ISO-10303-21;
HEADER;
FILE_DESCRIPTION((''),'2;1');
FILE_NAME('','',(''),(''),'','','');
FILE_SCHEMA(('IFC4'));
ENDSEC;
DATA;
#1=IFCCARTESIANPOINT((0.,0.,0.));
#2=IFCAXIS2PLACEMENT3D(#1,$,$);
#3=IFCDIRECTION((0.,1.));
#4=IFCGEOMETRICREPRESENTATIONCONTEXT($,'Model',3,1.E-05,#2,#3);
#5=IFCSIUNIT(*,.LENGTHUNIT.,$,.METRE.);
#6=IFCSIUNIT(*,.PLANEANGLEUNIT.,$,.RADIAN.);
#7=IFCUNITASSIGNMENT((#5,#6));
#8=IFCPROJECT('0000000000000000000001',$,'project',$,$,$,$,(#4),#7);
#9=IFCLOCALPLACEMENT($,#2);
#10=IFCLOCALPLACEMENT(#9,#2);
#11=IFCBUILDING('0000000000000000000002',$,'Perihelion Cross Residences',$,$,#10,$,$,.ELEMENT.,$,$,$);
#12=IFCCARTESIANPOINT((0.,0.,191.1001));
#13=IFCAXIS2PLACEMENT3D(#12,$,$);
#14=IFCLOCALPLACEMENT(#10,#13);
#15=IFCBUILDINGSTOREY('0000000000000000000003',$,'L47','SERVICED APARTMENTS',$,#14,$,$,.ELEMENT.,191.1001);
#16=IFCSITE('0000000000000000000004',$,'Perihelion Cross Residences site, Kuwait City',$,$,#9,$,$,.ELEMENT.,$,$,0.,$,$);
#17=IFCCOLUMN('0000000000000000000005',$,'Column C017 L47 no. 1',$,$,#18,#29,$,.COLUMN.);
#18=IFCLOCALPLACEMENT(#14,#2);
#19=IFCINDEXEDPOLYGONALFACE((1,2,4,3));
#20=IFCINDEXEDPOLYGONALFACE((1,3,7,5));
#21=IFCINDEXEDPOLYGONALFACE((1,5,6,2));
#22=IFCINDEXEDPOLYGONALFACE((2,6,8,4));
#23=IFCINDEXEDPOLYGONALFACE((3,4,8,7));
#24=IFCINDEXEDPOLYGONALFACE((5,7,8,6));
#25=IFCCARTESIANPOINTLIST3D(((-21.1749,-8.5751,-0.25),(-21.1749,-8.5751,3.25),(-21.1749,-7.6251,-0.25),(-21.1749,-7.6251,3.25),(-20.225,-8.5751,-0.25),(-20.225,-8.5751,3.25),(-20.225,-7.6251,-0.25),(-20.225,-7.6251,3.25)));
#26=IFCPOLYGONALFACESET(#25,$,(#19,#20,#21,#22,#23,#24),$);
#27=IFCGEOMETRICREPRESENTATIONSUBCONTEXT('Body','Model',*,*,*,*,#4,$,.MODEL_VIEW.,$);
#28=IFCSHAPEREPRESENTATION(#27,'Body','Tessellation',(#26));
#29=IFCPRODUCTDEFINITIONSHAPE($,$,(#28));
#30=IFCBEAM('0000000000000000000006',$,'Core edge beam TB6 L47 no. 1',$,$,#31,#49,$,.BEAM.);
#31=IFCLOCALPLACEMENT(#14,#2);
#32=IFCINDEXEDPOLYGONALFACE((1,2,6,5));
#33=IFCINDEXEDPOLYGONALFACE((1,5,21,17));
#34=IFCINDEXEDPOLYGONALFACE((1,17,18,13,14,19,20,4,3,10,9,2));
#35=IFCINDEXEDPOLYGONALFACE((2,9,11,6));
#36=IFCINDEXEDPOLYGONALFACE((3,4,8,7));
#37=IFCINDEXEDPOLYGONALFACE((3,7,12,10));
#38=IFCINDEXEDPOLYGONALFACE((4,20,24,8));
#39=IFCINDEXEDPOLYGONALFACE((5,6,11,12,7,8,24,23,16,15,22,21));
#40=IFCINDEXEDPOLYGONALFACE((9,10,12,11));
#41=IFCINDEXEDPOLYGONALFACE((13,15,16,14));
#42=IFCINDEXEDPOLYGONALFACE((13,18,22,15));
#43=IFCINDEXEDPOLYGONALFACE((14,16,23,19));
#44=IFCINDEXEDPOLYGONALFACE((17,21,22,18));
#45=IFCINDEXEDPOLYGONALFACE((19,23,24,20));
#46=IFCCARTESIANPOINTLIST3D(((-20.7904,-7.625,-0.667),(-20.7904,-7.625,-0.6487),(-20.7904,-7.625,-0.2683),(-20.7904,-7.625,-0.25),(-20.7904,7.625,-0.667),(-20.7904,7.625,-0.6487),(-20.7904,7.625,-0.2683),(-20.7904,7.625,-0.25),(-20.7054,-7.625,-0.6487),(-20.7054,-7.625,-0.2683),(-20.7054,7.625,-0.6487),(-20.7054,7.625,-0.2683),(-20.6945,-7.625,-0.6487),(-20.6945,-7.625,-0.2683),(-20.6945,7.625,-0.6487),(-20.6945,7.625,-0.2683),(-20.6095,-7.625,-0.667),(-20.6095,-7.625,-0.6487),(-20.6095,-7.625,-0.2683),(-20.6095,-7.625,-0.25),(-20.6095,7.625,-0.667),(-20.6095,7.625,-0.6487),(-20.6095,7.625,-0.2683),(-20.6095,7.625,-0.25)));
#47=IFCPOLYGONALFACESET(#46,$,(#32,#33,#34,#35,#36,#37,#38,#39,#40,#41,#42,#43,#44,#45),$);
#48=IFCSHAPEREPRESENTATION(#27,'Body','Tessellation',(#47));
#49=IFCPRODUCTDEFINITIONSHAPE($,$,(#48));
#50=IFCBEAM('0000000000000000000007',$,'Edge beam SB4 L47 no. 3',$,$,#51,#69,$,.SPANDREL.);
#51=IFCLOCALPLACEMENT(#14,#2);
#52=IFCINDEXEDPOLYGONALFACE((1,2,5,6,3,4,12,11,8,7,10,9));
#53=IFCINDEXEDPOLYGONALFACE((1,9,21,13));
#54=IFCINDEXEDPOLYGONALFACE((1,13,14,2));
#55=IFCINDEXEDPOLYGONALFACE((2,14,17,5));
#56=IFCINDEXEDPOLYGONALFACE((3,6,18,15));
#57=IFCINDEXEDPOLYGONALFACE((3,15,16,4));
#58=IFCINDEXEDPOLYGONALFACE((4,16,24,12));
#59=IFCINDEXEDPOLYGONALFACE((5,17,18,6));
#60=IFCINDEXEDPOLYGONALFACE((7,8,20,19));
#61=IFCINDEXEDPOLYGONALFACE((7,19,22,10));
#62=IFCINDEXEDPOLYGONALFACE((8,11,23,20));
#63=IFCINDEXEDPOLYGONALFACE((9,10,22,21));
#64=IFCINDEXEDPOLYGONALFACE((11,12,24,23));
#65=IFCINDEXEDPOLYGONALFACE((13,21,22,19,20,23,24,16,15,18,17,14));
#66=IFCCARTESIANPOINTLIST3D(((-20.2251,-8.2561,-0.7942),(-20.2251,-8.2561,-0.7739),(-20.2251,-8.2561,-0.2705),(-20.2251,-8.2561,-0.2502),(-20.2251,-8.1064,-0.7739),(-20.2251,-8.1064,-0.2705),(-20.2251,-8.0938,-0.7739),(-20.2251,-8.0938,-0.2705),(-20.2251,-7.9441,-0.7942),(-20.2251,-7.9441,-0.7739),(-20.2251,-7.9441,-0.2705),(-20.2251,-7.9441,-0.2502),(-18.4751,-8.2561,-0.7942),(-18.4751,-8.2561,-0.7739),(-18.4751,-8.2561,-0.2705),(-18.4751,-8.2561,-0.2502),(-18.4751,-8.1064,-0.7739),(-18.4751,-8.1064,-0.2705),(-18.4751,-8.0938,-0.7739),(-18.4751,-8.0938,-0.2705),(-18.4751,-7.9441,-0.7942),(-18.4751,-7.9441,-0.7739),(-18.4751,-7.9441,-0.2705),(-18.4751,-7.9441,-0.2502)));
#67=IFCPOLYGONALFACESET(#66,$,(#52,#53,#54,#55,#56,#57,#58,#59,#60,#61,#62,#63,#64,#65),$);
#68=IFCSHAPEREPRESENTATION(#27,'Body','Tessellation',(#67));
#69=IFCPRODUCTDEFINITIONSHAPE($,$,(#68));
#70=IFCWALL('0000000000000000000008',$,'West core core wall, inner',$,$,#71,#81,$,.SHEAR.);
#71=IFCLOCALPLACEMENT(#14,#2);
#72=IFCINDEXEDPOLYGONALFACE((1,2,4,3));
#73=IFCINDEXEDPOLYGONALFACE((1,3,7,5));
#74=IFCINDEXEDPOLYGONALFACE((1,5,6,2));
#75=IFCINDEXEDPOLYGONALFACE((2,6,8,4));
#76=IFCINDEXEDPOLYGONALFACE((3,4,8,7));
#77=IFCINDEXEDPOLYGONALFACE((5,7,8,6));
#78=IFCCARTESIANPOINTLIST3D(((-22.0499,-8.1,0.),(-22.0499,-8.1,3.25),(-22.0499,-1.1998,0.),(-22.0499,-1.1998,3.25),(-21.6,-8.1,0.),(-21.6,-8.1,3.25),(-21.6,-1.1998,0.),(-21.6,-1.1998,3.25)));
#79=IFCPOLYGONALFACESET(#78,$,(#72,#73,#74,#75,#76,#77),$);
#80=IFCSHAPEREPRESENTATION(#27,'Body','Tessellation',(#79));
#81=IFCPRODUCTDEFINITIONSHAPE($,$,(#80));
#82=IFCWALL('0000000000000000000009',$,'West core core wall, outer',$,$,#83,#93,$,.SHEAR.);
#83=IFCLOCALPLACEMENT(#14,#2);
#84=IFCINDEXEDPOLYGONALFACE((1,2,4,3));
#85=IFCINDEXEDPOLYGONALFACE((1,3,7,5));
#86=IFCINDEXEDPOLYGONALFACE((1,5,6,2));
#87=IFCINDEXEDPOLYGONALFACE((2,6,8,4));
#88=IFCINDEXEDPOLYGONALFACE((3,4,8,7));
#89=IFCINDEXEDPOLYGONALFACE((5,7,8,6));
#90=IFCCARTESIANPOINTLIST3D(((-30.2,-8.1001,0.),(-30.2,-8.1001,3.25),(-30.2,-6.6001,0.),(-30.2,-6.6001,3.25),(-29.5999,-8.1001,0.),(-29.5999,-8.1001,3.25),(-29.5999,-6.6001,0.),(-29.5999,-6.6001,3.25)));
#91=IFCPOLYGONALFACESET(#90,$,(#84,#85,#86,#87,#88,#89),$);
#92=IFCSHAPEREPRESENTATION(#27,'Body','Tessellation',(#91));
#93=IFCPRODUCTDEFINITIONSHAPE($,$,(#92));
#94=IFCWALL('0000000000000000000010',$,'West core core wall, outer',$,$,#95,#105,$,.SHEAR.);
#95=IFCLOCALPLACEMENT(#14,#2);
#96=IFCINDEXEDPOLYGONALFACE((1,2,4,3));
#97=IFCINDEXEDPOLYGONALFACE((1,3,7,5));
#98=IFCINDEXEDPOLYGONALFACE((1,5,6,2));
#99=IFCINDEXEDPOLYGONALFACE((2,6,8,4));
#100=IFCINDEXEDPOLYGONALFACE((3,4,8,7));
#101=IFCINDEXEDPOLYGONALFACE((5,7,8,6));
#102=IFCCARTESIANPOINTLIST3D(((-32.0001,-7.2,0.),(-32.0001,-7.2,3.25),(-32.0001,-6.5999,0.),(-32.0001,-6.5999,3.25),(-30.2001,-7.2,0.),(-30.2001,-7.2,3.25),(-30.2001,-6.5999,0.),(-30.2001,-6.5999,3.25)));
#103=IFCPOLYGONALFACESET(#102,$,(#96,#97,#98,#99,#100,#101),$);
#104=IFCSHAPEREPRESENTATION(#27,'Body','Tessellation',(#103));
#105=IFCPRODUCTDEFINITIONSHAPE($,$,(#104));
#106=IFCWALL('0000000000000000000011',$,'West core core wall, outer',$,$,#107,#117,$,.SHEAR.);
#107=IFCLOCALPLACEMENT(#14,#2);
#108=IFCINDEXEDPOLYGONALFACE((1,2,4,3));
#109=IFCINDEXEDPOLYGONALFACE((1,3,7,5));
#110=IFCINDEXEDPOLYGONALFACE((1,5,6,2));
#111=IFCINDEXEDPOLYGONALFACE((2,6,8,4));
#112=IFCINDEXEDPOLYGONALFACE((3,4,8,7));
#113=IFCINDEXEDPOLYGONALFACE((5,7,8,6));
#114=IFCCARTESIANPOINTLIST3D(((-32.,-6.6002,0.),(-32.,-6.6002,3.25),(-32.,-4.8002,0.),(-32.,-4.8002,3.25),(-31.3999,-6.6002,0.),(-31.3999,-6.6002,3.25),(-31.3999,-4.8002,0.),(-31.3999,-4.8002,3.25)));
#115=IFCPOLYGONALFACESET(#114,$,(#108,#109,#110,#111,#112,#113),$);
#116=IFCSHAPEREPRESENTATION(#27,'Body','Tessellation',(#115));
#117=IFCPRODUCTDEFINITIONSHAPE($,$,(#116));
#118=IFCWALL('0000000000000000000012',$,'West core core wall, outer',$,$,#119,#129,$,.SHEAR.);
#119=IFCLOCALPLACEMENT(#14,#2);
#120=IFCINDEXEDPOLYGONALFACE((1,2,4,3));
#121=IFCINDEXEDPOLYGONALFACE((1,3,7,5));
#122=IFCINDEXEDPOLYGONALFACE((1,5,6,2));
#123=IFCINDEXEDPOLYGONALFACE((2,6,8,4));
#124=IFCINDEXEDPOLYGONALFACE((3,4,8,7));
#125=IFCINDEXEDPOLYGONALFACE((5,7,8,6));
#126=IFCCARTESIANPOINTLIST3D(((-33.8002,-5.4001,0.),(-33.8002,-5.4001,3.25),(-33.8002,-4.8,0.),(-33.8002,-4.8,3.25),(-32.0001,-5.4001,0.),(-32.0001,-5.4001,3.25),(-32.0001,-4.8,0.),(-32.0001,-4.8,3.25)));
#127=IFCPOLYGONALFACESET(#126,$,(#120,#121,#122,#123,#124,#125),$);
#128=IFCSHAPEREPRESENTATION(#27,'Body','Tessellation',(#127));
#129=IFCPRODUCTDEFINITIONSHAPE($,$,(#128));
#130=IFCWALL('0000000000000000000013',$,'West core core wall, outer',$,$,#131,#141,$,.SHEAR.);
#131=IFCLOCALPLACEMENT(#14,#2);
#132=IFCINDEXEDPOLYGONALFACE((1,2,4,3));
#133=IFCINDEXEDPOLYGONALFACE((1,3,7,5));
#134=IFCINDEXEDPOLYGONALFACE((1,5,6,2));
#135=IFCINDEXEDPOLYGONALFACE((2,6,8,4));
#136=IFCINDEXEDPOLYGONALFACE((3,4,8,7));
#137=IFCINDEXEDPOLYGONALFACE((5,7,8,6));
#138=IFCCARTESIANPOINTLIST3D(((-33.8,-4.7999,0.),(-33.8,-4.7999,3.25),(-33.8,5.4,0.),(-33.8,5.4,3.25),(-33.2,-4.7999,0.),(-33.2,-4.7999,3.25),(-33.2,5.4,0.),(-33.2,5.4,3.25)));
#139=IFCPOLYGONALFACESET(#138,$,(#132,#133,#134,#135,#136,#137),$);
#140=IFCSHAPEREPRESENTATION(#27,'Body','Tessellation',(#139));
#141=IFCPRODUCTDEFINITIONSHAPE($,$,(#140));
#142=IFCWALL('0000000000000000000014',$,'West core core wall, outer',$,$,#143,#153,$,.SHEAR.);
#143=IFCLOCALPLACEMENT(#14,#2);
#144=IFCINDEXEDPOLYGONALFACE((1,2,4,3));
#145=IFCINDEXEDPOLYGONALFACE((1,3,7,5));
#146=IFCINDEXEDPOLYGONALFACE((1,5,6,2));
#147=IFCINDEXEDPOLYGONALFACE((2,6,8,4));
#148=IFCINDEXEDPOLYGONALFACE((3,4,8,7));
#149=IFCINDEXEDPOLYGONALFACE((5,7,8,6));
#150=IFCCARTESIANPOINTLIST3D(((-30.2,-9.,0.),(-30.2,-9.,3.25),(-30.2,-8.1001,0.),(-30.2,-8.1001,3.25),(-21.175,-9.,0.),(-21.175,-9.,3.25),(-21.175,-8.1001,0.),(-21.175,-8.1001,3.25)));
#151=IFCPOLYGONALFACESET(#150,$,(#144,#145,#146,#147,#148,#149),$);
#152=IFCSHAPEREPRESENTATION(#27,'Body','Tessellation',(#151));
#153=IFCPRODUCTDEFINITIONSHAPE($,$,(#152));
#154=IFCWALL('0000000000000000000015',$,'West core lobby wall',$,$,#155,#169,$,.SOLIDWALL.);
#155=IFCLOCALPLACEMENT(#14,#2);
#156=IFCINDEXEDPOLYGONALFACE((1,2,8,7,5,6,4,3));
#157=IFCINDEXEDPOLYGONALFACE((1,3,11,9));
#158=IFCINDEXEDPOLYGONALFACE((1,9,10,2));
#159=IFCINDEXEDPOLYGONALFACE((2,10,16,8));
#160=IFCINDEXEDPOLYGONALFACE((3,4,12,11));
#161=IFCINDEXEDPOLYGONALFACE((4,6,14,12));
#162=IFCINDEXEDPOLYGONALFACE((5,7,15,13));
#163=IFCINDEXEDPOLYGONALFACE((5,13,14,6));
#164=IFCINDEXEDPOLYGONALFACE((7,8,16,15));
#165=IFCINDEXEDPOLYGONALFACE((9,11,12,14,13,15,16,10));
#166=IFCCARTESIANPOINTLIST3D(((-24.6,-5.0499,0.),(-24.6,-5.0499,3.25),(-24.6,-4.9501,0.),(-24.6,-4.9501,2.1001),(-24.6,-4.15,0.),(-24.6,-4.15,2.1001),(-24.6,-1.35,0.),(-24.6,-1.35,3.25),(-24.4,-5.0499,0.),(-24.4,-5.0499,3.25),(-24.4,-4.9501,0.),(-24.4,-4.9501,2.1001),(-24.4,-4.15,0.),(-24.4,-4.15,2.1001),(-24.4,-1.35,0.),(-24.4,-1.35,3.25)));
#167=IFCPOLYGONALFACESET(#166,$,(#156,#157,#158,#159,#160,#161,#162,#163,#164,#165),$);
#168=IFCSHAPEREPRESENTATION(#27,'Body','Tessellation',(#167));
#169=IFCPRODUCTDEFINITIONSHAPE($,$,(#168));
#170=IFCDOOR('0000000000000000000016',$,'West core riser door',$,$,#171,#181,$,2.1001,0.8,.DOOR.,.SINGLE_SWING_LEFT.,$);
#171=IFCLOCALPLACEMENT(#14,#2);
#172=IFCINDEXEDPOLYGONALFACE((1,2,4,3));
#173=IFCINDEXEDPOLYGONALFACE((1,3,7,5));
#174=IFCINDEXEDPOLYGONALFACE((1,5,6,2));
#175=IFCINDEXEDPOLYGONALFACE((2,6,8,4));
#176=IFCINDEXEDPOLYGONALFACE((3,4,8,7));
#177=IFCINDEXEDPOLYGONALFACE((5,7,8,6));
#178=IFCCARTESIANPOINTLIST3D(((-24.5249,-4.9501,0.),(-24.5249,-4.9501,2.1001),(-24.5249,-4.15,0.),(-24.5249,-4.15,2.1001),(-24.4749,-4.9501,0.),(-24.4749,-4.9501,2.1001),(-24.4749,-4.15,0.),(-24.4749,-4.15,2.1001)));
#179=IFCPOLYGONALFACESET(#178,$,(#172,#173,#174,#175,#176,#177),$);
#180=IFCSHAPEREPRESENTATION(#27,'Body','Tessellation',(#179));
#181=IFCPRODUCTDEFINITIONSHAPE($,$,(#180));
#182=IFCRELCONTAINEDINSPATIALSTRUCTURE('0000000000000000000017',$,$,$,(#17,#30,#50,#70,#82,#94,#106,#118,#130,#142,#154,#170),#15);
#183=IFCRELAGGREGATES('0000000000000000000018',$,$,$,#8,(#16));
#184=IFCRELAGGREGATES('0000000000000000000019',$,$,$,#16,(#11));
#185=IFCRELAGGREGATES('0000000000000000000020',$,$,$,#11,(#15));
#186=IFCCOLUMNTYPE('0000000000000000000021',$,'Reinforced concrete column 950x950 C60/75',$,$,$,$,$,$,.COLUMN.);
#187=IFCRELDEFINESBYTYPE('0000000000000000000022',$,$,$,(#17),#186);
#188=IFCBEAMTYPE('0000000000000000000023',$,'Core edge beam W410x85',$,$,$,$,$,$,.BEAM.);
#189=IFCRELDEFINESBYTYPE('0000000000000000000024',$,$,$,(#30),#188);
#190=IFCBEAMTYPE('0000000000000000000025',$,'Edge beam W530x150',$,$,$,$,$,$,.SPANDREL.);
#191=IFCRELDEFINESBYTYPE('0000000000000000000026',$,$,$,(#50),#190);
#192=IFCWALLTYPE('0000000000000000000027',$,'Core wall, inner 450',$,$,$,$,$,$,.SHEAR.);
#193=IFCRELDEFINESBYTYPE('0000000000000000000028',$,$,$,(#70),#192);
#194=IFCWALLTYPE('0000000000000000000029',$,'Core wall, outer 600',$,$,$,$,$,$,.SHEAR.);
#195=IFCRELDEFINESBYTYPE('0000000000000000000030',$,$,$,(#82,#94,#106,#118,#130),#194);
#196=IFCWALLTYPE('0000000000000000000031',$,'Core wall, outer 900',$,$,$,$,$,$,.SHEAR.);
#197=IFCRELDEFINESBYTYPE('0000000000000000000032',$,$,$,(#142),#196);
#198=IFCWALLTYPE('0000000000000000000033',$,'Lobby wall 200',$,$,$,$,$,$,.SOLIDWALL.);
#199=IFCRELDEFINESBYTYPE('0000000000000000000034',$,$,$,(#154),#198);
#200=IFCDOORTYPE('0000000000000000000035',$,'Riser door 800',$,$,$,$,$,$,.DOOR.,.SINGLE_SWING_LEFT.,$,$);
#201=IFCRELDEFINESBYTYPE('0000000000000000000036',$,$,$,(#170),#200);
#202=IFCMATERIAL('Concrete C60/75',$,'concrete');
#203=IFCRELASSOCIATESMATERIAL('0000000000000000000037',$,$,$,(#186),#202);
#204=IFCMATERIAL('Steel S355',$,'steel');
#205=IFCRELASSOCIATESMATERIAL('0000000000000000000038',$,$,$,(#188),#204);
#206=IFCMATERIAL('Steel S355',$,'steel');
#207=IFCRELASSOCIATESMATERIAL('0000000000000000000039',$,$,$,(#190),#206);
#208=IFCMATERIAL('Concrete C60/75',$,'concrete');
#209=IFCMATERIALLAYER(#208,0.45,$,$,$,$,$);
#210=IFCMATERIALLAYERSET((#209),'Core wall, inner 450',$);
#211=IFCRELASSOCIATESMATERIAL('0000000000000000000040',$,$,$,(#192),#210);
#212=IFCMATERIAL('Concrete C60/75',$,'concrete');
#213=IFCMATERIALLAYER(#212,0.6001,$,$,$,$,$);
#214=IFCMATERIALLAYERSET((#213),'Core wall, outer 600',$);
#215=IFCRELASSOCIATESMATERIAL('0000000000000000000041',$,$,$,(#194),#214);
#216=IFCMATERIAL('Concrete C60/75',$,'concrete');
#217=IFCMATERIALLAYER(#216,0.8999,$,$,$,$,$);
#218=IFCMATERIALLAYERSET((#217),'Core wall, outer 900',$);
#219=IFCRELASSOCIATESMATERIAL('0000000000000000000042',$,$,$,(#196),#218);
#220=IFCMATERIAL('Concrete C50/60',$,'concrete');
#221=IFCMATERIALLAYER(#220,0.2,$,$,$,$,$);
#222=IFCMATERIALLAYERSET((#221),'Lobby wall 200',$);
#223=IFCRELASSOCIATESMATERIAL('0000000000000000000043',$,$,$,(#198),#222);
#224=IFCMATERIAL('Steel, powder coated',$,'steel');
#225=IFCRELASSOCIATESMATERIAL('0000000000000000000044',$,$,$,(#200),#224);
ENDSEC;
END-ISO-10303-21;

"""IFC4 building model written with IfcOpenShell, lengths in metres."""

from ifc_helpers import new_model, si_unit, direction, frame, frame_2d, origin, origin_2d, place, context, subcontext, project, spatial, rectangle, i_section, extrude, material, layer, layer_set, material_profile, profile_set, type_object, element, fill, save


model = new_model("IFC4")

# Units and contexts
model_context = context("Model", 3, precision=1e-05, world=origin(), true_north=direction((0.0, 1.0)))
body_context = subcontext(model_context, "Body", "Model", "MODEL_VIEW")
ifc_project = project(units=[si_unit("LENGTHUNIT", "METRE"), si_unit("PLANEANGLEUNIT", "RADIAN")], contexts=[model_context])

# Site, building, storey
site_placement = place(None, origin())
site = spatial("IfcSite", under=ifc_project, at=site_placement, Name="Perihelion Cross Residences site, Kuwait City", CompositionType="ELEMENT", RefElevation=0.0)
building_placement = place(site_placement, origin())
building = spatial("IfcBuilding", under=site, at=building_placement, Name="Perihelion Cross Residences", CompositionType="ELEMENT")
storey_placement = place(building_placement, frame((0.0, 0.0, 191.1001)))
storey = spatial("IfcBuildingStorey", under=building, at=storey_placement, Name="L47", Description="SERVICED APARTMENTS", CompositionType="ELEMENT", Elevation=191.1001)

# Column
ifc_material_1 = material(Name="Concrete C60/75", Category="concrete")
ifc_material_profile_1 = material_profile(ifc_material_1, rectangle(XDim=0.95, YDim=0.95, at=origin_2d()), Name="RC 950x950")
ifc_profile_set_1 = profile_set([ifc_material_profile_1], Name="Concrete C60/75")
column_type = type_object("IfcColumnType", Name="Reinforced concrete column 950x950 C60/75", PredefinedType="COLUMN", material=ifc_profile_set_1)
column_placement = place(storey_placement, frame((-20.7, -8.1001, -0.25), z_axis=(0.0, 0.0, 1.0), x_axis=(1.0, 0.0, 0.0)))
element("IfcColumn", 1, at=column_placement, inside=storey, type_object=column_type, Name="Column C017 L47 no. 1", PredefinedType="COLUMN", context=body_context, shape_type="SweptSolid", body=[
    extrude(rectangle(XDim=0.95, YDim=0.95, at=origin_2d()), origin(), (0.0, 0.0, 1.0), 3.5),
])

# Beams
ifc_material_2 = material(Name="Steel S355", Category="steel")
ifc_material_profile_2 = material_profile(ifc_material_2, i_section(OverallWidth=0.1809, OverallDepth=0.417, WebThickness=0.011, FlangeThickness=0.0183, at=origin_2d()), Name="W410x85")
ifc_profile_set_2 = profile_set([ifc_material_profile_2], Name="Steel S355")
beam_type_1 = type_object("IfcBeamType", Name="Core edge beam W410x85", PredefinedType="BEAM", material=ifc_profile_set_2)
beam_1_placement = place(storey_placement, frame((-20.7, -7.625, -0.4585), z_axis=(0.0, 1.0, 0.0), x_axis=(-1.0, 0.0, 0.0)))
element("IfcBeam", 2, at=beam_1_placement, inside=storey, type_object=beam_type_1, Name="Core edge beam TB6 L47 no. 1", PredefinedType="BEAM", context=body_context, shape_type="SweptSolid", body=[
    extrude(i_section(OverallWidth=0.1809, OverallDepth=0.417, WebThickness=0.011, FlangeThickness=0.0183, at=origin_2d()), origin(), (0.0, 0.0, 1.0), 15.25),
])
ifc_material_3 = material(Name="Steel S355", Category="steel")
ifc_material_profile_3 = material_profile(ifc_material_3, i_section(OverallWidth=0.312, OverallDepth=0.5439, WebThickness=0.0127, FlangeThickness=0.0203, at=origin_2d()), Name="W530x150")
ifc_profile_set_3 = profile_set([ifc_material_profile_3], Name="Steel S355")
beam_type_2 = type_object("IfcBeamType", Name="Edge beam W530x150", PredefinedType="SPANDREL", material=ifc_profile_set_3)
beam_2_placement = place(storey_placement, frame((-20.2251, -8.1001, -0.5222), z_axis=(1.0, 0.0, 0.0), x_axis=(0.0, 1.0, 0.0)))
element("IfcBeam", 3, at=beam_2_placement, inside=storey, type_object=beam_type_2, Name="Edge beam SB4 L47 no. 3", PredefinedType="SPANDREL", context=body_context, shape_type="SweptSolid", body=[
    extrude(i_section(OverallWidth=0.312, OverallDepth=0.5439, WebThickness=0.0127, FlangeThickness=0.0203, at=origin_2d()), origin(), (0.0, 0.0, 1.0), 1.75),
])

# Walls
ifc_material_4 = material(Name="Concrete C60/75", Category="concrete")
ifc_layer_1 = layer(ifc_material_4, 0.45)
ifc_layer_set_1 = layer_set([ifc_layer_1], Name="Core wall, inner 450")
wall_type_1 = type_object("IfcWallType", Name="Core wall, inner 450", PredefinedType="SHEAR", material=ifc_layer_set_1)
wall_1_placement = place(storey_placement, frame((-21.825, -8.1001, 0.0), z_axis=(0.0, 0.0, 1.0), x_axis=(0.0, 1.0, 0.0)))
element("IfcWall", 4, at=wall_1_placement, inside=storey, type_object=wall_type_1, Name="West core core wall, inner", PredefinedType="SHEAR", context=body_context, shape_type="SweptSolid", body=[
    extrude(rectangle(XDim=6.9001, YDim=0.45, at=frame_2d((3.4502, 0.0))), origin(), (0.0, 0.0, 1.0), 3.25),
])
ifc_material_5 = material(Name="Concrete C60/75", Category="concrete")
ifc_layer_2 = layer(ifc_material_5, 0.6001)
ifc_layer_set_2 = layer_set([ifc_layer_2], Name="Core wall, outer 600")
wall_type_2 = type_object("IfcWallType", Name="Core wall, outer 600", PredefinedType="SHEAR", material=ifc_layer_set_2)
wall_2_placement = place(storey_placement, frame((-29.8999, -8.1001, 0.0), z_axis=(0.0, 0.0, 1.0), x_axis=(0.0, 1.0, 0.0)))
element("IfcWall", 5, at=wall_2_placement, inside=storey, type_object=wall_type_2, Name="West core core wall, outer", PredefinedType="SHEAR", context=body_context, shape_type="SweptSolid", body=[
    extrude(rectangle(XDim=1.5, YDim=0.6001, at=frame_2d((0.75, 0.0))), origin(), (0.0, 0.0, 1.0), 3.25),
])
for number, where, z_axis, x_axis, name in (
    (6, (-32.0, -6.8999, 0.0), (0.0, 0.0, 1.0), (1.0, 0.0, 0.0), "West core core wall, outer"),
    (7, (-31.7, -6.6001, 0.0), (0.0, 0.0, 1.0), (0.0, 1.0, 0.0), "West core core wall, outer"),
    (8, (-33.8, -5.1001, 0.0), (0.0, 0.0, 1.0), (1.0, 0.0, 0.0), "West core core wall, outer"),
):
    element("IfcWall", number, at=place(storey_placement, frame(where, z_axis=z_axis, x_axis=x_axis)), inside=storey, type_object=wall_type_2, Name=name, PredefinedType="SHEAR", context=body_context, shape_type="SweptSolid", body=[
        extrude(rectangle(XDim=1.8, YDim=0.6001, at=frame_2d((0.8999, 0.0))), origin(), (0.0, 0.0, 1.0), 3.25),
    ])
wall_3_placement = place(storey_placement, frame((-33.5, -4.8, 0.0), z_axis=(0.0, 0.0, 1.0), x_axis=(0.0, 1.0, 0.0)))
element("IfcWall", 9, at=wall_3_placement, inside=storey, type_object=wall_type_2, Name="West core core wall, outer", PredefinedType="SHEAR", context=body_context, shape_type="SweptSolid", body=[
    extrude(rectangle(XDim=10.2, YDim=0.6001, at=frame_2d((5.1001, 0.0))), origin(), (0.0, 0.0, 1.0), 3.25),
])
ifc_material_6 = material(Name="Concrete C60/75", Category="concrete")
ifc_layer_3 = layer(ifc_material_6, 0.8999)
ifc_layer_set_3 = layer_set([ifc_layer_3], Name="Core wall, outer 900")
wall_type_3 = type_object("IfcWallType", Name="Core wall, outer 900", PredefinedType="SHEAR", material=ifc_layer_set_3)
wall_4_placement = place(storey_placement, frame((-30.2, -8.55, 0.0), z_axis=(0.0, 0.0, 1.0), x_axis=(1.0, 0.0, 0.0)))
element("IfcWall", 10, at=wall_4_placement, inside=storey, type_object=wall_type_3, Name="West core core wall, outer", PredefinedType="SHEAR", context=body_context, shape_type="SweptSolid", body=[
    extrude(rectangle(XDim=9.0249, YDim=0.8999, at=frame_2d((4.5125, 0.0))), origin(), (0.0, 0.0, 1.0), 3.25),
])

# Wall, opening, door
ifc_material_7 = material(Name="Concrete C50/60", Category="concrete")
ifc_layer_4 = layer(ifc_material_7, 0.2)
ifc_layer_set_4 = layer_set([ifc_layer_4], Name="Lobby wall 200")
wall_type_4 = type_object("IfcWallType", Name="Lobby wall 200", PredefinedType="SOLIDWALL", material=ifc_layer_set_4)
wall_5_placement = place(storey_placement, frame((-24.5, -5.05, 0.0), z_axis=(0.0, 0.0, 1.0), x_axis=(0.0, 1.0, 0.0)))
wall_5 = element("IfcWall", 11, at=wall_5_placement, inside=storey, type_object=wall_type_4, Name="West core lobby wall", PredefinedType="SOLIDWALL", context=body_context, shape_type="SweptSolid", body=[
    extrude(rectangle(XDim=3.7, YDim=0.2, at=frame_2d((1.8501, 0.0))), origin(), (0.0, 0.0, 1.0), 3.25),
])
opening_1_placement = place(wall_5_placement, frame((0.1001, 0.0, 0.0)))
opening_1 = element("IfcOpeningElement", 12, at=opening_1_placement, cuts=wall_5, PredefinedType="OPENING", context=body_context, shape_type="SweptSolid", body=[
    extrude(rectangle(XDim=0.8, YDim=2.1001, at=frame_2d((0.3999, 1.05))), frame((0.0, 0.1099, 0.0), z_axis=(0.0, -1.0, 0.0), x_axis=(1.0, 0.0, 0.0)), (0.0, 0.0, 1.0), 0.22),
])
ifc_material_8 = material(Name="Steel, powder coated", Category="steel")
door_type_1 = type_object("IfcDoorType", Name="Riser door 800", OperationType="SINGLE_SWING_LEFT", PredefinedType="DOOR", material=ifc_material_8)
door_1_placement = place(opening_1_placement, origin())
door_1 = element("IfcDoor", 13, at=door_1_placement, inside=storey, type_object=door_type_1, Name="West core riser door", OperationType="SINGLE_SWING_LEFT", OverallHeight=2.1001, OverallWidth=0.8, PredefinedType="DOOR", context=body_context, shape_type="SweptSolid", body=[
    extrude(rectangle(XDim=0.8, YDim=2.1001, at=frame_2d((0.3999, 1.05))), frame((0.0, 0.0249, 0.0), z_axis=(0.0, -1.0, 0.0), x_axis=(1.0, 0.0, 0.0)), (0.0, 0.0, 1.0), 0.05),
])
fill(opening_1, door_1)

save(model, "model.ifc")
